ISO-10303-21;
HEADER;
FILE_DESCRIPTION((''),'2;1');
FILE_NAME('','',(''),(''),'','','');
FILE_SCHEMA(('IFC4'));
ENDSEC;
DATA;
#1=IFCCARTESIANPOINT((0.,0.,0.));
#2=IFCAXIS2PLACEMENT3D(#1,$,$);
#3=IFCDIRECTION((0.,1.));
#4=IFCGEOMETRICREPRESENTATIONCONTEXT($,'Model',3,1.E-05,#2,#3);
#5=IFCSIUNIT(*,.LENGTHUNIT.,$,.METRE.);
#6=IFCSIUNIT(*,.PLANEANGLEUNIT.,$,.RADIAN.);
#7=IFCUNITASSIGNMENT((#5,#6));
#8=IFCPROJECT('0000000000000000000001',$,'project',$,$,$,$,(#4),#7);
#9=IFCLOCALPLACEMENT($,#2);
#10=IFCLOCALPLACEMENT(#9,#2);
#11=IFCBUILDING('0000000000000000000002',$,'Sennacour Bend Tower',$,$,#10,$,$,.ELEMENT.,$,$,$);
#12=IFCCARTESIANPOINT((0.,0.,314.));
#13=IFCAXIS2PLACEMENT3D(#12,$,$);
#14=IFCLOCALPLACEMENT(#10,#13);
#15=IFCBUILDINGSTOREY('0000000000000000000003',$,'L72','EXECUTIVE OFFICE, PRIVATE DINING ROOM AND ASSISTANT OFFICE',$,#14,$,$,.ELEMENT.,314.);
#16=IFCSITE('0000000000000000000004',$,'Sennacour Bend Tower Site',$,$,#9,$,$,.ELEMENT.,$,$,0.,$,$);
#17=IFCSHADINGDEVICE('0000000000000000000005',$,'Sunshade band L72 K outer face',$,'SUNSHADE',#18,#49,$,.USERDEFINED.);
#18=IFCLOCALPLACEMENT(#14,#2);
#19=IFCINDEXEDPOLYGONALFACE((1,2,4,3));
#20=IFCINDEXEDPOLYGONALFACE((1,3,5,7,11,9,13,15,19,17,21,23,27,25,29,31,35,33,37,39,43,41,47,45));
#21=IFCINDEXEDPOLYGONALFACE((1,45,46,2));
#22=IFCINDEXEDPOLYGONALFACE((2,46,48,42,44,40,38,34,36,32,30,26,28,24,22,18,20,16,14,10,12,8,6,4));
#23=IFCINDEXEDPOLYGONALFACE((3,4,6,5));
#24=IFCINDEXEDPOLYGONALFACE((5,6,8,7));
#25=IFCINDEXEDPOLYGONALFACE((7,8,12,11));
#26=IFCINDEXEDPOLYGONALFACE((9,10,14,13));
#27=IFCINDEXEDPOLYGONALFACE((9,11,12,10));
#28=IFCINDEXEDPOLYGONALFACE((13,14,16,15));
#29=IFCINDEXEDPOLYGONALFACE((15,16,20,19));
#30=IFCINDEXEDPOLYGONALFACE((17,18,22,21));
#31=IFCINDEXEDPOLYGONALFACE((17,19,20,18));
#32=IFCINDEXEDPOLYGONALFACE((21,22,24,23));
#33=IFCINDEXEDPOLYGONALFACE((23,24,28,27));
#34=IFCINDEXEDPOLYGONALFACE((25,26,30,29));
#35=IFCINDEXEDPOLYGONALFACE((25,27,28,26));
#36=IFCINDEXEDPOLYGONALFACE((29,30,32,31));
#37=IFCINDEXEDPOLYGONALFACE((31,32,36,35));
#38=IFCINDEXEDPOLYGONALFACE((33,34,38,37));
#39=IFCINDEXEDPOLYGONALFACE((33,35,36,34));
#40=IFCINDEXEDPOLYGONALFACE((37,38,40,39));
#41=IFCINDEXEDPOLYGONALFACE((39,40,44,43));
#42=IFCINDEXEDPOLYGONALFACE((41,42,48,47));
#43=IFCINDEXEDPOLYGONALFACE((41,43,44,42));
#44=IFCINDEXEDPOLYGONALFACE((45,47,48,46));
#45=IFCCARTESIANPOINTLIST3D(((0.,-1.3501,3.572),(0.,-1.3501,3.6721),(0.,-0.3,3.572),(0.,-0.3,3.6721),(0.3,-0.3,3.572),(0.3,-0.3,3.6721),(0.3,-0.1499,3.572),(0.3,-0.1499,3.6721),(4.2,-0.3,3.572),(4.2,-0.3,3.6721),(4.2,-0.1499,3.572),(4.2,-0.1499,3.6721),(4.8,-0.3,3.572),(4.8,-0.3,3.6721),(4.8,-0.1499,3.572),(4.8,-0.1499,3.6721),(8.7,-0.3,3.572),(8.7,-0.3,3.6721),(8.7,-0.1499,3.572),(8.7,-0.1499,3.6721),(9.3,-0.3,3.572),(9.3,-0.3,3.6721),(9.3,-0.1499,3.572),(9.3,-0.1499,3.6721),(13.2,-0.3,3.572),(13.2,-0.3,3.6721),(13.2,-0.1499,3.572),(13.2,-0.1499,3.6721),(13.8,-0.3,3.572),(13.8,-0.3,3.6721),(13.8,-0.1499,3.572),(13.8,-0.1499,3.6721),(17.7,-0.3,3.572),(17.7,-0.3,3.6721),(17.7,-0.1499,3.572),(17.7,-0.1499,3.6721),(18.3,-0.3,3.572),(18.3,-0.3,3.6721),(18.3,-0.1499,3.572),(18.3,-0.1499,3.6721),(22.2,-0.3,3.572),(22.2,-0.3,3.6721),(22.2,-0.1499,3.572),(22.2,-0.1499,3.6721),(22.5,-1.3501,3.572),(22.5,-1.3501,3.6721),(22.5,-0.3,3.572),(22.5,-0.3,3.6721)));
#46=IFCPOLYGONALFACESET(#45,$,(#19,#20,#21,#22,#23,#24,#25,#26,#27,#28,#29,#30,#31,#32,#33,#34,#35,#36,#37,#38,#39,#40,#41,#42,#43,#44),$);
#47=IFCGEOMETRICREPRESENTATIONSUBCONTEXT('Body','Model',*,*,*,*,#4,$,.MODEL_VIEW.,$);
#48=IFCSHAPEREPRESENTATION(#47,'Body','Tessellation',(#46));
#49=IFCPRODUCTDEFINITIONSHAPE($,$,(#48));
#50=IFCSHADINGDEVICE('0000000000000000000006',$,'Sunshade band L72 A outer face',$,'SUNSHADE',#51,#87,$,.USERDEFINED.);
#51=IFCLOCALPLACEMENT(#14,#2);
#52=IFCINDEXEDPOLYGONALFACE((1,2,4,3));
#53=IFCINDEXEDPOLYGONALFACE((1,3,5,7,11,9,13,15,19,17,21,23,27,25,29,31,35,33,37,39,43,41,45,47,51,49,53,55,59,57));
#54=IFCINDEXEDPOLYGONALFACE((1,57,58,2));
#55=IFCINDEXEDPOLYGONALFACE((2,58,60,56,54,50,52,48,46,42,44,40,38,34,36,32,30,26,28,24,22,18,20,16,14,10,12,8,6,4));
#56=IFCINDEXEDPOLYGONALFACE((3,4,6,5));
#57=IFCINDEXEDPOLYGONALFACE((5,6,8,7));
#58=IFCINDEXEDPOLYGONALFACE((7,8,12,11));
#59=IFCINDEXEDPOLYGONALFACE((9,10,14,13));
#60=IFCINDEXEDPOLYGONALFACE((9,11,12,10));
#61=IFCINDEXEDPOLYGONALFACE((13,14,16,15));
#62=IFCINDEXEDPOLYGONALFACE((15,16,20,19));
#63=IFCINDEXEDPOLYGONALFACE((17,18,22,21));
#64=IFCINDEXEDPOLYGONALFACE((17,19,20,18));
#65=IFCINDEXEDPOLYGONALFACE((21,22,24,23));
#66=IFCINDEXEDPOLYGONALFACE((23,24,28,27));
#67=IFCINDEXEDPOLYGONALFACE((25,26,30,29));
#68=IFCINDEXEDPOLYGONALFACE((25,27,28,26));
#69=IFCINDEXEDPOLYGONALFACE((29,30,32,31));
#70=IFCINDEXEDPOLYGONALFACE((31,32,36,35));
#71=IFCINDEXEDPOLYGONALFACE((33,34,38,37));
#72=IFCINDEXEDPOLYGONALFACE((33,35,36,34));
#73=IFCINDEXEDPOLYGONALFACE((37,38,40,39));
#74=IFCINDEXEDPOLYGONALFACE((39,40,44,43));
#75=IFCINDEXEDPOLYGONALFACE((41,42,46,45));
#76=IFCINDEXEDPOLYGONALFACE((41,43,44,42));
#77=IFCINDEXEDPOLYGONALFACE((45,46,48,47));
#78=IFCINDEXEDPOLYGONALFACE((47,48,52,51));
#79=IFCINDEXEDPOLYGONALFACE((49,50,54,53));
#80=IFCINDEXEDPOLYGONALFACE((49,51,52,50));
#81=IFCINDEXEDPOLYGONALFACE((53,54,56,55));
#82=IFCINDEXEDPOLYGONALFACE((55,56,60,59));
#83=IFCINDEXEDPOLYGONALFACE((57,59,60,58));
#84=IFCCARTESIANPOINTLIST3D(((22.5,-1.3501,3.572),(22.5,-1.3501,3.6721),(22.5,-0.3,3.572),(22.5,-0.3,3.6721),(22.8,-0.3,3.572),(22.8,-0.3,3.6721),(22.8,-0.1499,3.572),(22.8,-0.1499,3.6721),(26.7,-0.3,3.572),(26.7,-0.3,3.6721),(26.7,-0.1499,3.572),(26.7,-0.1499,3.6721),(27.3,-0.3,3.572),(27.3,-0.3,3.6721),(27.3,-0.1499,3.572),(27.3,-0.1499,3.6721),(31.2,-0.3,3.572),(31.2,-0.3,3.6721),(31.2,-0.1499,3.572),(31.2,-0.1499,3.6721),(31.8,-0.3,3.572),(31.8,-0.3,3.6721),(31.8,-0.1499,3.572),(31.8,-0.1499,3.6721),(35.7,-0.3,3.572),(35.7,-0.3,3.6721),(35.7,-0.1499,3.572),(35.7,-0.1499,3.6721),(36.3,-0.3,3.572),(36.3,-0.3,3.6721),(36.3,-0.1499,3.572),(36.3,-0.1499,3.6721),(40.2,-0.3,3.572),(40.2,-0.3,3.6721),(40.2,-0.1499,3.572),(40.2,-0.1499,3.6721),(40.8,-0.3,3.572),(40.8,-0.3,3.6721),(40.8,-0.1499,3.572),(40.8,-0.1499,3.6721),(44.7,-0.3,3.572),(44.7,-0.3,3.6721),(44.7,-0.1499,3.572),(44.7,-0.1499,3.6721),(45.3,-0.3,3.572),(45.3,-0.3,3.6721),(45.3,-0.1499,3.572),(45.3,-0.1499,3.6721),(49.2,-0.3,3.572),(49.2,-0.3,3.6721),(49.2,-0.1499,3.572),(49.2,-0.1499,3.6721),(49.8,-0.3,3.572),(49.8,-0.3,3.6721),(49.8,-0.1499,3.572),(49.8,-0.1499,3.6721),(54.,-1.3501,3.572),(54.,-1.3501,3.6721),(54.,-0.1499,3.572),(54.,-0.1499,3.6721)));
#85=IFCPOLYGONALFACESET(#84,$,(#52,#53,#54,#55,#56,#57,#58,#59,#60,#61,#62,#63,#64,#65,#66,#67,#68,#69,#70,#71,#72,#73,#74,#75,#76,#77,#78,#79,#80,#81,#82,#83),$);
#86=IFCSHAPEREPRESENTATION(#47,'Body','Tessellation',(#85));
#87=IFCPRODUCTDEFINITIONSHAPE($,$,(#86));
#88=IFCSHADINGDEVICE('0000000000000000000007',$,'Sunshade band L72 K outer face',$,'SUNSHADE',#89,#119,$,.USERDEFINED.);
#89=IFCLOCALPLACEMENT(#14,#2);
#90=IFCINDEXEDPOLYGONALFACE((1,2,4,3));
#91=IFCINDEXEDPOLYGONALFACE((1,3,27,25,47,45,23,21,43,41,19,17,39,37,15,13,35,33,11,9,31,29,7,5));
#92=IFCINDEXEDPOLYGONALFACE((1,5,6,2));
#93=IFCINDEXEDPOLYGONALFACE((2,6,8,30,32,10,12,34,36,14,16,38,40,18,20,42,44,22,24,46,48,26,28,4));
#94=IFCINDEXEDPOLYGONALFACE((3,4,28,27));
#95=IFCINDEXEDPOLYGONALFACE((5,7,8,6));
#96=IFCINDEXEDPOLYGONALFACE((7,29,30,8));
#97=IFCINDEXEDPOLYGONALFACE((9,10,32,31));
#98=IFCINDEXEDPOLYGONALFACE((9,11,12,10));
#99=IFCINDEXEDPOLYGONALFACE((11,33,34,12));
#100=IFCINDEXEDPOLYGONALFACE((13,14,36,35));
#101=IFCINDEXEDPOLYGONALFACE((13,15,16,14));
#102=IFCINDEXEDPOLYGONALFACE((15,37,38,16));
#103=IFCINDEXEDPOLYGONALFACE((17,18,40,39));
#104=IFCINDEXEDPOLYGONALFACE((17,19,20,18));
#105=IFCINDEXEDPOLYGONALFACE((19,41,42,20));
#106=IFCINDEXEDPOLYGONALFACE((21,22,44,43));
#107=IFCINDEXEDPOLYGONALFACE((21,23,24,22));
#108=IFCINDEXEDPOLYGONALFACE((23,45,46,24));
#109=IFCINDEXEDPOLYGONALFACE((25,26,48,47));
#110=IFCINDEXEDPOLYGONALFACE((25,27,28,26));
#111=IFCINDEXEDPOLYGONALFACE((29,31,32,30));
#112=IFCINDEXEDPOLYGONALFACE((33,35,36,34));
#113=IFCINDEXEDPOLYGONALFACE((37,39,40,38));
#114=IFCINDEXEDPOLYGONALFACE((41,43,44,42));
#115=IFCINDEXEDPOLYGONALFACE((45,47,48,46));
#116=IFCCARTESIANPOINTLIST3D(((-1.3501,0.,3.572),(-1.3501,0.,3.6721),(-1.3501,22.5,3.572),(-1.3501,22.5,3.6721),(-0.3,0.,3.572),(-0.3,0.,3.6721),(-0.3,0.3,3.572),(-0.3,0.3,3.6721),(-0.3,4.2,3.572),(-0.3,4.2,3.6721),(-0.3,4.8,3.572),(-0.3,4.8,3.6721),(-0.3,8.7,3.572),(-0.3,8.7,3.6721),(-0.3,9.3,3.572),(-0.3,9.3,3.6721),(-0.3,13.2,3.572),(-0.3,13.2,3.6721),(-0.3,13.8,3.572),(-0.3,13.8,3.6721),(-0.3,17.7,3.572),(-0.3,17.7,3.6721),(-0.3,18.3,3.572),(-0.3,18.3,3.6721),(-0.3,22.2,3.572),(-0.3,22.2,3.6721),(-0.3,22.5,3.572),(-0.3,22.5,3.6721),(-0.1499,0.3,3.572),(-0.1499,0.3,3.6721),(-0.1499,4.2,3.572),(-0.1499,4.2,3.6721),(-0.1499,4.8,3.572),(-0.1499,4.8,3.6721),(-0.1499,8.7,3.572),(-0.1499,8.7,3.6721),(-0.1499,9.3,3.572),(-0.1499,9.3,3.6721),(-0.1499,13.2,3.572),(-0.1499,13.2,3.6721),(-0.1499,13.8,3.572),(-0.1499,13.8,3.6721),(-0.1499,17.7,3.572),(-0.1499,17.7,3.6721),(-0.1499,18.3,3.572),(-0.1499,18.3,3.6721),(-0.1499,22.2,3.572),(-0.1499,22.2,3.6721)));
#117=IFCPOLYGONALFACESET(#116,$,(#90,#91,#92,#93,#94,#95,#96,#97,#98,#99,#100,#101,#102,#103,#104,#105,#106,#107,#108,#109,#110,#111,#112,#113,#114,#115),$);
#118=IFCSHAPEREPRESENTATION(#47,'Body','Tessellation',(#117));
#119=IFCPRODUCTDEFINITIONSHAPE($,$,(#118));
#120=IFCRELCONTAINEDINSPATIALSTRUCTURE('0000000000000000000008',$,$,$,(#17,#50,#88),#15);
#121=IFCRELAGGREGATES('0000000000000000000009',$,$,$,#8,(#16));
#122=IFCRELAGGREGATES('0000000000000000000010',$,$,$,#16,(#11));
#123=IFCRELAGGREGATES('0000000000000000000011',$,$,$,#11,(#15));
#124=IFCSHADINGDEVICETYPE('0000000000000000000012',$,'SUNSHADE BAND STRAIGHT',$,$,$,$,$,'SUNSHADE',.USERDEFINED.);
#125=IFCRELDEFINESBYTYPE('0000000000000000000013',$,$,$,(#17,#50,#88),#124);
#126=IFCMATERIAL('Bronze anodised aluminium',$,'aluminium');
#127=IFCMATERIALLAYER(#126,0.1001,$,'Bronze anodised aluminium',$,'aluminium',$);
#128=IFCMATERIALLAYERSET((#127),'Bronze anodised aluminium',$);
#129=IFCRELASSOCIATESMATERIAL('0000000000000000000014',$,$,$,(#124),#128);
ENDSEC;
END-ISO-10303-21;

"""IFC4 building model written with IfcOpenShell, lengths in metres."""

from ifc_helpers import new_model, si_unit, direction, frame, origin, place, context, subcontext, project, spatial, polyline, outline, extrude, material, layer, layer_set, type_object, element, save


model = new_model("IFC4")

# Units and contexts
model_context = context("Model", 3, precision=1e-05, world=origin(), true_north=direction((0.0, 1.0)))
body_context = subcontext(model_context, "Body", "Model", "MODEL_VIEW")
ifc_project = project(units=[si_unit("LENGTHUNIT", "METRE"), si_unit("PLANEANGLEUNIT", "RADIAN")], contexts=[model_context])

# Site, building, storey
site_placement = place(None, origin())
site = spatial("IfcSite", under=ifc_project, at=site_placement, Name="Sennacour Bend Tower Site", CompositionType="ELEMENT", RefElevation=0.0)
building_placement = place(site_placement, origin())
building = spatial("IfcBuilding", under=site, at=building_placement, Name="Sennacour Bend Tower", CompositionType="ELEMENT")
storey_placement = place(building_placement, frame((0.0, 0.0, 314.0)))
storey = spatial("IfcBuildingStorey", under=building, at=storey_placement, Name="L72", Description="EXECUTIVE OFFICE, PRIVATE DINING ROOM AND ASSISTANT OFFICE", CompositionType="ELEMENT", Elevation=314.0)

# Shading devices
ifc_material_1 = material(Name="Bronze anodised aluminium", Category="aluminium")
ifc_layer_1 = layer(ifc_material_1, 0.1001, Name="Bronze anodised aluminium", Category="aluminium")
ifc_layer_set_1 = layer_set([ifc_layer_1], Name="Bronze anodised aluminium")
shading_device_type_1 = type_object("IfcShadingDeviceType", Name="SUNSHADE BAND STRAIGHT", ElementType="SUNSHADE", PredefinedType="USERDEFINED", material=ifc_layer_set_1)
shading_device_1_placement = place(storey_placement, frame((0.0, 0.0, 3.572)))
element("IfcShadingDevice", 1, at=shading_device_1_placement, inside=storey, type_object=shading_device_type_1, Name="Sunshade band L72 K outer face", ObjectType="SUNSHADE", PredefinedType="USERDEFINED", context=body_context, shape_type="SweptSolid", body=[
    extrude(outline(polyline([(4.2, -0.1499), (4.2, -0.3), (4.8, -0.3), (4.8, -0.1499), (8.7, -0.1499), (8.7, -0.3), (9.3, -0.3), (9.3, -0.1499), (13.2, -0.1499), (13.2, -0.3), (13.8, -0.3), (13.8, -0.1499), (17.7, -0.1499), (17.7, -0.3), (18.3, -0.3), (18.3, -0.1499), (22.2, -0.1499), (22.2, -0.3), (22.5, -0.3), (22.5, -1.3501), (0.0, -1.3501), (0.0, -0.3), (0.3, -0.3), (0.3, -0.1499), (4.2, -0.1499)])), origin(), (0.0, 0.0, 1.0), 0.1001),
])
shading_device_2_placement = place(storey_placement, frame((0.0, 0.0, 3.572)))
element("IfcShadingDevice", 2, at=shading_device_2_placement, inside=storey, type_object=shading_device_type_1, Name="Sunshade band L72 A outer face", ObjectType="SUNSHADE", PredefinedType="USERDEFINED", context=body_context, shape_type="SweptSolid", body=[
    extrude(outline(polyline([(26.7, -0.1499), (26.7, -0.3), (27.3, -0.3), (27.3, -0.1499), (31.2, -0.1499), (31.2, -0.3), (31.8, -0.3), (31.8, -0.1499), (35.7, -0.1499), (35.7, -0.3), (36.3, -0.3), (36.3, -0.1499), (40.2, -0.1499), (40.2, -0.3), (40.8, -0.3), (40.8, -0.1499), (44.7, -0.1499), (44.7, -0.3), (45.3, -0.3), (45.3, -0.1499), (49.2, -0.1499), (49.2, -0.3), (49.8, -0.3), (49.8, -0.1499), (54.0, -0.1499), (54.0, -1.3501), (22.5, -1.3501), (22.5, -0.3), (22.8, -0.3), (22.8, -0.1499), (26.7, -0.1499)])), origin(), (0.0, 0.0, 1.0), 0.1001),
])
shading_device_3_placement = place(storey_placement, frame((0.0, 0.0, 3.572)))
element("IfcShadingDevice", 3, at=shading_device_3_placement, inside=storey, type_object=shading_device_type_1, Name="Sunshade band L72 K outer face", ObjectType="SUNSHADE", PredefinedType="USERDEFINED", context=body_context, shape_type="SweptSolid", body=[
    extrude(outline(polyline([(-0.1499, 18.3), (-0.3, 18.3), (-0.3, 17.7), (-0.1499, 17.7), (-0.1499, 13.8), (-0.3, 13.8), (-0.3, 13.2), (-0.1499, 13.2), (-0.1499, 9.3), (-0.3, 9.3), (-0.3, 8.7), (-0.1499, 8.7), (-0.1499, 4.8), (-0.3, 4.8), (-0.3, 4.2), (-0.1499, 4.2), (-0.1499, 0.3), (-0.3, 0.3), (-0.3, 0.0), (-1.3501, 0.0), (-1.3501, 22.5), (-0.3, 22.5), (-0.3, 22.2), (-0.1499, 22.2), (-0.1499, 18.3)])), origin(), (0.0, 0.0, 1.0), 0.1001),
])

save(model, "model.ifc")
